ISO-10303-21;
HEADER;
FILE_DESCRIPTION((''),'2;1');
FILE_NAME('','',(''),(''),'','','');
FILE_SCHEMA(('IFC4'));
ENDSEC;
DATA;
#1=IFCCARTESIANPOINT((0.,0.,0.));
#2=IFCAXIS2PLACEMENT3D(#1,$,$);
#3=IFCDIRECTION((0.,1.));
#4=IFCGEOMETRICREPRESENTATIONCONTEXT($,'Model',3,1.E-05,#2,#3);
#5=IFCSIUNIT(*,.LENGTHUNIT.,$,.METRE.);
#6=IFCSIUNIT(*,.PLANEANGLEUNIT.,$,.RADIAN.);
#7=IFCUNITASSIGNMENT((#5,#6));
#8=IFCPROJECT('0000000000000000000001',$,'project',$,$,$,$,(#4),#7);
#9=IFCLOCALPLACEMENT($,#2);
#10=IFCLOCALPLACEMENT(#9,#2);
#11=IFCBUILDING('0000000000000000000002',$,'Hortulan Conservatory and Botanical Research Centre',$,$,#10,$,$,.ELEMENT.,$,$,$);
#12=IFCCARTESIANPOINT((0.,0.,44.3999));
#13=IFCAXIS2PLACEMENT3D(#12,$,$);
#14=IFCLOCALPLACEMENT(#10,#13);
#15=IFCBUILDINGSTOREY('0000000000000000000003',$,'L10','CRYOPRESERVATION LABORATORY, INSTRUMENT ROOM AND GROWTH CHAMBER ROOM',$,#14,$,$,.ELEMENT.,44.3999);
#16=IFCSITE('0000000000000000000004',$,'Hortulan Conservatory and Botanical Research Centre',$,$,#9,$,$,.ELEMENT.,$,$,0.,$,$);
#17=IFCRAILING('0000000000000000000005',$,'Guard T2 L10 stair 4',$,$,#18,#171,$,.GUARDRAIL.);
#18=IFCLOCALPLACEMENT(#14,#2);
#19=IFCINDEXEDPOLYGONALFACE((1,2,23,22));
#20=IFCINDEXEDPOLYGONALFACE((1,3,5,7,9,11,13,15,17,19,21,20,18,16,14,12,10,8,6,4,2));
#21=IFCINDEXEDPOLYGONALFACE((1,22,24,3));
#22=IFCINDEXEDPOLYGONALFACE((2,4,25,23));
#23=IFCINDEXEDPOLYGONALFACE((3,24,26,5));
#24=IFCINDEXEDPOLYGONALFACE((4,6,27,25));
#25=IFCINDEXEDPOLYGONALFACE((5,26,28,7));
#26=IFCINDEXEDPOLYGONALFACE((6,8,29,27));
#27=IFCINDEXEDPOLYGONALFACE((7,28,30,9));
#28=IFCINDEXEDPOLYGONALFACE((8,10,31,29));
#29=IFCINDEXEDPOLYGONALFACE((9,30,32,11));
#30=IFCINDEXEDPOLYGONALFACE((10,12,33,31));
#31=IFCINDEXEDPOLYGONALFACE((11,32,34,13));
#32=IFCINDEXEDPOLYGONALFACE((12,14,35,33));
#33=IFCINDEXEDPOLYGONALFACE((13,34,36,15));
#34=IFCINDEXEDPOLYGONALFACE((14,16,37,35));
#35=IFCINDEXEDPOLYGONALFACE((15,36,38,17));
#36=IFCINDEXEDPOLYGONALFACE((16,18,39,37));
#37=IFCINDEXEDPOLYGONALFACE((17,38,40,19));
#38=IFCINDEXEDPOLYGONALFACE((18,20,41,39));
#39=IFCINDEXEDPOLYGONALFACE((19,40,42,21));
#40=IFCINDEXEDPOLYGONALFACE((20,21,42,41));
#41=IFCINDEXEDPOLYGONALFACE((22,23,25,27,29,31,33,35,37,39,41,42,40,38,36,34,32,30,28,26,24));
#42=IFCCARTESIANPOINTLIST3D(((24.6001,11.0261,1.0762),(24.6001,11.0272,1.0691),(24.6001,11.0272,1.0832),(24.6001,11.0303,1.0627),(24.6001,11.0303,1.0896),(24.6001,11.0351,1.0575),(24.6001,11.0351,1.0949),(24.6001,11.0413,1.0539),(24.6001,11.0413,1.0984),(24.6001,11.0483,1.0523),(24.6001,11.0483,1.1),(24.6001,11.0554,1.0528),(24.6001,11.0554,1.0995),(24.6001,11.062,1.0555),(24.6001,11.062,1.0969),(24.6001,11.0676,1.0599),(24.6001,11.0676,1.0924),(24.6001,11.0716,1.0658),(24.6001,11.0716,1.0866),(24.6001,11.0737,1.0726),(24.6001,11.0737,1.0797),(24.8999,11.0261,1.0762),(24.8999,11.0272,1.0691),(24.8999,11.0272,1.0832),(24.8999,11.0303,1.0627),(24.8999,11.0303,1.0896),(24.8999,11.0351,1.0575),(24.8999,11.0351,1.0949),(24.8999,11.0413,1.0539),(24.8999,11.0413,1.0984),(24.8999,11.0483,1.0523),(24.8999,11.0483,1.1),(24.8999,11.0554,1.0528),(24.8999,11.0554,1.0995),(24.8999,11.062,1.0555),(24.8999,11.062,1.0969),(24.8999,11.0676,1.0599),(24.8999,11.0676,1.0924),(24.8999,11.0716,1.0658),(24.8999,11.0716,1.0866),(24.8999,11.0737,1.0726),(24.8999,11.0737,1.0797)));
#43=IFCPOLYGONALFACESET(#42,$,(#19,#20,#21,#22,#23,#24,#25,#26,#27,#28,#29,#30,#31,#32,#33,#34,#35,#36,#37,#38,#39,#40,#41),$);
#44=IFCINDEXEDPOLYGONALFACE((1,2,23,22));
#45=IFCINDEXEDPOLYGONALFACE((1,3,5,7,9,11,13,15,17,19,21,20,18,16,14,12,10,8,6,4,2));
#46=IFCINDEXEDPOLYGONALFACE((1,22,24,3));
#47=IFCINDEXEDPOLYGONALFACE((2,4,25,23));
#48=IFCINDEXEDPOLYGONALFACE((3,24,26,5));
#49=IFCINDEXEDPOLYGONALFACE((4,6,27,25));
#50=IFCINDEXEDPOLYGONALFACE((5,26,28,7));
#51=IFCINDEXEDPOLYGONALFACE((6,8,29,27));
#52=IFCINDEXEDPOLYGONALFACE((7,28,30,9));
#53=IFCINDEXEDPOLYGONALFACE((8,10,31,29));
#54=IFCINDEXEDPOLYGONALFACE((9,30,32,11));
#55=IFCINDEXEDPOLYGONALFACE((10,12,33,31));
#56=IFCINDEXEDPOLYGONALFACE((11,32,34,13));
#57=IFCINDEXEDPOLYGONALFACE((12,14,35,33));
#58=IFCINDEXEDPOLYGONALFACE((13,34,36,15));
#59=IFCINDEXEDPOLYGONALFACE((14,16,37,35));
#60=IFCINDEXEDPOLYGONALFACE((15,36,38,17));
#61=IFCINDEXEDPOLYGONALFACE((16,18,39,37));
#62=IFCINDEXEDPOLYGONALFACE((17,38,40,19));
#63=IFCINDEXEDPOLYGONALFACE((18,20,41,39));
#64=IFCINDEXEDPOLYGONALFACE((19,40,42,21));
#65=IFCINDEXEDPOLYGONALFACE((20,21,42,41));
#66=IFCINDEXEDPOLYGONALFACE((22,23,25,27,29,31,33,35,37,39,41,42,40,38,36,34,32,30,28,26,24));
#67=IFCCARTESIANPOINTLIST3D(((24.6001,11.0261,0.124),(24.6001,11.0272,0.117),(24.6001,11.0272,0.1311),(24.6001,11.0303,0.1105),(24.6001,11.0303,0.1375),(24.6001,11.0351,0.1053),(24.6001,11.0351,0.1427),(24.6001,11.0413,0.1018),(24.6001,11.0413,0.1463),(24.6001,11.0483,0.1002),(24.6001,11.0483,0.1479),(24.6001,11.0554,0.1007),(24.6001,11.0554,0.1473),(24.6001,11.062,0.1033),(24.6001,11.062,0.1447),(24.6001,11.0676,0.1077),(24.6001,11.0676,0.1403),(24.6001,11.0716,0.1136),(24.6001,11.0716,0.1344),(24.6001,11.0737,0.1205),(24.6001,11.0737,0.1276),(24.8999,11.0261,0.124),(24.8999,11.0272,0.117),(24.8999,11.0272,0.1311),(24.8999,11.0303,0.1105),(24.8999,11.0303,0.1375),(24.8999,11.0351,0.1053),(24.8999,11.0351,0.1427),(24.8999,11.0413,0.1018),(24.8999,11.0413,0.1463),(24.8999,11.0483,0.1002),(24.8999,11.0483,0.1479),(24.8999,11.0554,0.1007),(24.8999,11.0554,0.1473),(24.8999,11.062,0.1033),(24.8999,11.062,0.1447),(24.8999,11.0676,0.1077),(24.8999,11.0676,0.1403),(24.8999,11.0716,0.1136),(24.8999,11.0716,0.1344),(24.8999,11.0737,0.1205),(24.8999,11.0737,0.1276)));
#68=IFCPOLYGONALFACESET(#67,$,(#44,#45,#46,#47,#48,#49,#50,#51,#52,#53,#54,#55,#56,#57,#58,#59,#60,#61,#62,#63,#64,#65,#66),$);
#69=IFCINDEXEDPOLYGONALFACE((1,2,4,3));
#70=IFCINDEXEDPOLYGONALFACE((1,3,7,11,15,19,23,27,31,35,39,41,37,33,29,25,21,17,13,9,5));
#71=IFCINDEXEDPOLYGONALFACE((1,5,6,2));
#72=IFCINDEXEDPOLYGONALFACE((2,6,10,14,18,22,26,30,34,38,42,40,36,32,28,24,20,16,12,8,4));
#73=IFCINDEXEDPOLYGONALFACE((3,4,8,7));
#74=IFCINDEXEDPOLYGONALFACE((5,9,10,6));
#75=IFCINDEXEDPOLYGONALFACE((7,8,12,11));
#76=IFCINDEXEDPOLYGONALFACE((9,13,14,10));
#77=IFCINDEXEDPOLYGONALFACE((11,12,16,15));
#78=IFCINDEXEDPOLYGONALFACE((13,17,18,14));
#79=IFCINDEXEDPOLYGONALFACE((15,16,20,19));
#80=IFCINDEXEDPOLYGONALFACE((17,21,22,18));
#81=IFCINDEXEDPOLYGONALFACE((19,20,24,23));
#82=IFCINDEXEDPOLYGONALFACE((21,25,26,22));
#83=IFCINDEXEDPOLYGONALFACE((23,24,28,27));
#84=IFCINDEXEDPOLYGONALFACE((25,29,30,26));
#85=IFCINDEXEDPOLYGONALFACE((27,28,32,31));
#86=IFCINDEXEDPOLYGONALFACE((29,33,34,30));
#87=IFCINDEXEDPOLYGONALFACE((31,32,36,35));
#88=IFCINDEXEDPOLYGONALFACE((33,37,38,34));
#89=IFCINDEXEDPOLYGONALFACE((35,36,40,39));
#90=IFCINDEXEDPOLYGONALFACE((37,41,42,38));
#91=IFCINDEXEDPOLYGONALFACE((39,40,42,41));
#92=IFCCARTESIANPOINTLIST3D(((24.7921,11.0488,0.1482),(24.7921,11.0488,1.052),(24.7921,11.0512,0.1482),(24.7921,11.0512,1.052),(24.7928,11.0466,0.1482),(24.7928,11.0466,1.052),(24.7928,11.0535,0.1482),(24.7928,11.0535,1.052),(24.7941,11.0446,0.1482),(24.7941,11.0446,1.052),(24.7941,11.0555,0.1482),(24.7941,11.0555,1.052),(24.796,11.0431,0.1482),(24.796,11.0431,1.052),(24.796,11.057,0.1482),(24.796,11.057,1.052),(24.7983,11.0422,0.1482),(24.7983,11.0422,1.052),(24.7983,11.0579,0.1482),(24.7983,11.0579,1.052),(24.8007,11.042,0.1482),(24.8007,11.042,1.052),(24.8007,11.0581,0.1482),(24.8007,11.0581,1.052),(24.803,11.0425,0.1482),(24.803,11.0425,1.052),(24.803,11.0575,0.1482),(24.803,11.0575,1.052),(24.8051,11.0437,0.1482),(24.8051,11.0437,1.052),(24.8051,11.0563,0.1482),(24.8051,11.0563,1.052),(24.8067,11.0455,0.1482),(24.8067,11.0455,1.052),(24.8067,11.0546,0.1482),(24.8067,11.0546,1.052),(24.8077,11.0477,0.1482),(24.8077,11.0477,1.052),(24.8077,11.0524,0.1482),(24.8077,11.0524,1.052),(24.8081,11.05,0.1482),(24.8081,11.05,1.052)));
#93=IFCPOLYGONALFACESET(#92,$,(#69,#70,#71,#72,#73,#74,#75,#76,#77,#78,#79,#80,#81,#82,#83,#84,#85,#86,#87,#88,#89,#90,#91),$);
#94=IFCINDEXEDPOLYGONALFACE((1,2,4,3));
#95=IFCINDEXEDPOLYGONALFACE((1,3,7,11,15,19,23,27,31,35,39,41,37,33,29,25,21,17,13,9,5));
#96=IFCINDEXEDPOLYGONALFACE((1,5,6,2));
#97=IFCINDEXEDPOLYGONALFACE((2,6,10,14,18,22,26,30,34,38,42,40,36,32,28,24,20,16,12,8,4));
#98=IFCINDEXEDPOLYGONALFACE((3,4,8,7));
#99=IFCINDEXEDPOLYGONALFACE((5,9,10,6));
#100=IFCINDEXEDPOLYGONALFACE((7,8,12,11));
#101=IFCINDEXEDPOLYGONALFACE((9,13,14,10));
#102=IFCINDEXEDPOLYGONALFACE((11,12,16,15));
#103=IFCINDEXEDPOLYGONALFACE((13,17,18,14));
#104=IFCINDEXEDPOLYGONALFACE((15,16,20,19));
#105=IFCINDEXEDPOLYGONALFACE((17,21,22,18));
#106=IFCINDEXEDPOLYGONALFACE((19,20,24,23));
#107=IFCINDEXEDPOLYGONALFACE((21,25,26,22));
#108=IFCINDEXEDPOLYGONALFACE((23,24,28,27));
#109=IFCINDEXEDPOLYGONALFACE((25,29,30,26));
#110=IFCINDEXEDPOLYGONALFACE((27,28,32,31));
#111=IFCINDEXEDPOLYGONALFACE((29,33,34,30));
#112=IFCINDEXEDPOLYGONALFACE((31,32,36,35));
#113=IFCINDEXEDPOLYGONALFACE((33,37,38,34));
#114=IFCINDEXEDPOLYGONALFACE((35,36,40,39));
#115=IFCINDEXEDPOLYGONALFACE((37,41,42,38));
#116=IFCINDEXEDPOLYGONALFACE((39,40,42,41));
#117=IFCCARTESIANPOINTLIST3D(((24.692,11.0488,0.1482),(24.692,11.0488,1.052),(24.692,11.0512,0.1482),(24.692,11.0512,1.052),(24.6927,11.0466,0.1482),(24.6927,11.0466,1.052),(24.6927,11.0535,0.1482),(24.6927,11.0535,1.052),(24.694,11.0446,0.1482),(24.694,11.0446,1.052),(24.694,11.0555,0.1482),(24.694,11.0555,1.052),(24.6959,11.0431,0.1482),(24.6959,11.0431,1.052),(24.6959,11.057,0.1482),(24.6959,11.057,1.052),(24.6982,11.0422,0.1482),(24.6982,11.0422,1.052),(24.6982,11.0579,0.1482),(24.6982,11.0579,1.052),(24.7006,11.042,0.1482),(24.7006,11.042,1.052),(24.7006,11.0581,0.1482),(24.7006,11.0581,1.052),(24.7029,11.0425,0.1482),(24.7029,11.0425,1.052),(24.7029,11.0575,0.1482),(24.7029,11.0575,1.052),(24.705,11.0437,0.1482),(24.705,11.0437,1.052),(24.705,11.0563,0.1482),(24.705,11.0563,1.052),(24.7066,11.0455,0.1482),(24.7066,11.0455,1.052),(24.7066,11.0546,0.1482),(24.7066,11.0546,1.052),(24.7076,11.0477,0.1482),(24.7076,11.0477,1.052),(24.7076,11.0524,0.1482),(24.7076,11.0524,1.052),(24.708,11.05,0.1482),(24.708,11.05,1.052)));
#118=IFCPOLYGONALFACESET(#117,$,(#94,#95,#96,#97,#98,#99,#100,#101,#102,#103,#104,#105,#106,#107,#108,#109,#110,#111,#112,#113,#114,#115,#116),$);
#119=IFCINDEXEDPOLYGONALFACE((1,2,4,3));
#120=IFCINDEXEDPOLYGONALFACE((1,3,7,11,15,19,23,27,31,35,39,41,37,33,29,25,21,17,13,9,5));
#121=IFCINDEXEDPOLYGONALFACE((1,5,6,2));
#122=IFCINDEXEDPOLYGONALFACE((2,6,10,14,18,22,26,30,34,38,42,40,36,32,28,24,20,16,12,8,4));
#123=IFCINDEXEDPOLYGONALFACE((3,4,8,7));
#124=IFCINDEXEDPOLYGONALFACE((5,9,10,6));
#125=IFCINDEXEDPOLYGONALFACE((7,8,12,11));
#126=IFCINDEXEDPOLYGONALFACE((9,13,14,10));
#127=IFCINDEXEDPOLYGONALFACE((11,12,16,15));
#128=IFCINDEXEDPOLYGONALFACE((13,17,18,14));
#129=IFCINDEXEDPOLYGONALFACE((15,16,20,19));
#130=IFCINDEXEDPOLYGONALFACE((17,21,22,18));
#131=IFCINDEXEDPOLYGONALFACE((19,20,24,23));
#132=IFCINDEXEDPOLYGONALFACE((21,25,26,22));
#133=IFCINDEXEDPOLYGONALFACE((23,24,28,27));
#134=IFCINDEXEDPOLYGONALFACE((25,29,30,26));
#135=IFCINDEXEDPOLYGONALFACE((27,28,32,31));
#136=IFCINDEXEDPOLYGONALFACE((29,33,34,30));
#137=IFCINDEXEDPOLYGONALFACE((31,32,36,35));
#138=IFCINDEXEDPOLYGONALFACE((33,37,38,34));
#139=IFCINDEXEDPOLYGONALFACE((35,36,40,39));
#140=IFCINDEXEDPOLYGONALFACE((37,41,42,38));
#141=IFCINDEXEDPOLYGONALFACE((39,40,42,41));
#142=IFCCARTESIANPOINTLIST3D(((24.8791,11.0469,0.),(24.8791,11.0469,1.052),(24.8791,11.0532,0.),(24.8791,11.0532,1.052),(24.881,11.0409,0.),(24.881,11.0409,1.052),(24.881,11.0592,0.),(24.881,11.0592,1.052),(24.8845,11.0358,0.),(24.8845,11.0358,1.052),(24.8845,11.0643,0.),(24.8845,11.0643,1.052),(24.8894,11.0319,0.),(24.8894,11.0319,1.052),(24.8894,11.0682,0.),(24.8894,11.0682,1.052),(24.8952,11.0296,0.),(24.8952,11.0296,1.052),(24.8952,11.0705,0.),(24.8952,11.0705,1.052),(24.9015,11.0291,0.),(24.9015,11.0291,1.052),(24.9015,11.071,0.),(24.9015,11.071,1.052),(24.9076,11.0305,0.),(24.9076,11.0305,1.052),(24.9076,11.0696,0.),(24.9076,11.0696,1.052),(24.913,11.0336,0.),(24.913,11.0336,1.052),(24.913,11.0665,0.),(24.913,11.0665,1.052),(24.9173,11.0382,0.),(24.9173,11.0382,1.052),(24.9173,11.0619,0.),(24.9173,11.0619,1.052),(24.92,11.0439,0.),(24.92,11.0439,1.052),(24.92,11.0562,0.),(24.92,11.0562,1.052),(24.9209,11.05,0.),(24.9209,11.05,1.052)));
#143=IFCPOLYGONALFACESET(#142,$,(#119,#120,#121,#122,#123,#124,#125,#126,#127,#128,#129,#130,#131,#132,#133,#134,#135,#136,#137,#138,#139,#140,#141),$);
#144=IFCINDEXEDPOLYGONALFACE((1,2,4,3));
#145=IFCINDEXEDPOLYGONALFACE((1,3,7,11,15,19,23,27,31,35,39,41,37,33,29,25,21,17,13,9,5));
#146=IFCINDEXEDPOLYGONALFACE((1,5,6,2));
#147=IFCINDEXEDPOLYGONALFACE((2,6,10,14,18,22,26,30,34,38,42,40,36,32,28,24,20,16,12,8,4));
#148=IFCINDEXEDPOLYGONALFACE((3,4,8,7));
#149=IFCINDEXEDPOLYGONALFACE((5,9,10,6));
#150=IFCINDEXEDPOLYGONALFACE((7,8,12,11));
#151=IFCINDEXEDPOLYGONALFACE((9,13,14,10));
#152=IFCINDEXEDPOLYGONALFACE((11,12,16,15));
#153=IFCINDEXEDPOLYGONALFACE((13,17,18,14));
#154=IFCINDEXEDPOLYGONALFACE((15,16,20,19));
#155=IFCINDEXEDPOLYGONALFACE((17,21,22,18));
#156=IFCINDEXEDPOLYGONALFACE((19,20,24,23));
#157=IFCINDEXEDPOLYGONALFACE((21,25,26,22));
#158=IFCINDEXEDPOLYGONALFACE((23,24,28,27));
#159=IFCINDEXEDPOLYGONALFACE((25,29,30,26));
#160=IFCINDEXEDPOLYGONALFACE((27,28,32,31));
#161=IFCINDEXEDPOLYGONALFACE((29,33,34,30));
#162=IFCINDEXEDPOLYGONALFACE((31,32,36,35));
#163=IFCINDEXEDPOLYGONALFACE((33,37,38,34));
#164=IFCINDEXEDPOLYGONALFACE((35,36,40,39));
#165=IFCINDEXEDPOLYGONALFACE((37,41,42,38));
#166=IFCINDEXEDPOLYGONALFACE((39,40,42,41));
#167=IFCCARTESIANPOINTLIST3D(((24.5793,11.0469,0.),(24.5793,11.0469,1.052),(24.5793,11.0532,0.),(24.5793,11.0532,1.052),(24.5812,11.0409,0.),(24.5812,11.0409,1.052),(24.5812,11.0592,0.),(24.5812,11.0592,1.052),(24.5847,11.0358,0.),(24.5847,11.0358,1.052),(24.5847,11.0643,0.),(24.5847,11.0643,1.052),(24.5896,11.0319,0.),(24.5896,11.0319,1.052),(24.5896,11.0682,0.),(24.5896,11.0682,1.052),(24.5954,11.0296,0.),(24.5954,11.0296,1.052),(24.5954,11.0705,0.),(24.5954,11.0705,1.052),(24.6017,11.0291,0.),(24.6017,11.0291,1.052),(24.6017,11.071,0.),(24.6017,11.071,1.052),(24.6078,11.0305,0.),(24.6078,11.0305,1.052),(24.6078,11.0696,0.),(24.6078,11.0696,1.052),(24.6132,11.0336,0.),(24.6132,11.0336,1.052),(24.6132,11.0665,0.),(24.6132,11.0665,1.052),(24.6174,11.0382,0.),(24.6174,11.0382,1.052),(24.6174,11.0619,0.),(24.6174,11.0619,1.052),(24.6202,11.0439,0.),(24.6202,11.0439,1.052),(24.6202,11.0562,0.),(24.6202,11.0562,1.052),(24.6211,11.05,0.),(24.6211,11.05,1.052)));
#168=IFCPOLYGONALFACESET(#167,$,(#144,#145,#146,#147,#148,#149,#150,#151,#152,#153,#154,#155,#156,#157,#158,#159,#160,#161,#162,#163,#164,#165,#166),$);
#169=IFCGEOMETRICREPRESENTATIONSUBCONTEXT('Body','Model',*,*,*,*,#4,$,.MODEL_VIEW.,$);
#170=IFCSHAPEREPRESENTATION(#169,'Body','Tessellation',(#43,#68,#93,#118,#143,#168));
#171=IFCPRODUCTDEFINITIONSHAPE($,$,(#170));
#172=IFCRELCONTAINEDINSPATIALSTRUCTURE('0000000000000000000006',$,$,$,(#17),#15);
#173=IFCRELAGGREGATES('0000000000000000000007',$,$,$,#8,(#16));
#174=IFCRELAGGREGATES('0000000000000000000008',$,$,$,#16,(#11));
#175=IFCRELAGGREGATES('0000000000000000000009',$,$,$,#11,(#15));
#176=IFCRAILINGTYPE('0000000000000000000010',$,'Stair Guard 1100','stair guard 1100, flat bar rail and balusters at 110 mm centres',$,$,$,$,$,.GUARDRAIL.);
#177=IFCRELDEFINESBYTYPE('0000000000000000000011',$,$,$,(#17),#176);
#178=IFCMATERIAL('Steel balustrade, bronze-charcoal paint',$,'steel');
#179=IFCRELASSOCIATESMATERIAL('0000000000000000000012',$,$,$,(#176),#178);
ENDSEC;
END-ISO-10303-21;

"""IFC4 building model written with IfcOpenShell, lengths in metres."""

from ifc_helpers import new_model, si_unit, direction, frame, origin, origin_2d, place, context, subcontext, project, spatial, circle, extrude, material, type_object, element, save


model = new_model("IFC4")

# Units and contexts
model_context = context("Model", 3, precision=1e-05, world=origin(), true_north=direction((0.0, 1.0)))
body_context = subcontext(model_context, "Body", "Model", "MODEL_VIEW")
ifc_project = project(units=[si_unit("LENGTHUNIT", "METRE"), si_unit("PLANEANGLEUNIT", "RADIAN")], contexts=[model_context])

# Site, building, storey
site_placement = place(None, origin())
site = spatial("IfcSite", under=ifc_project, at=site_placement, Name="Hortulan Conservatory and Botanical Research Centre", CompositionType="ELEMENT", RefElevation=0.0)
building_placement = place(site_placement, origin())
building = spatial("IfcBuilding", under=site, at=building_placement, Name="Hortulan Conservatory and Botanical Research Centre", CompositionType="ELEMENT")
storey_placement = place(building_placement, frame((0.0, 0.0, 44.3999)))
storey = spatial("IfcBuildingStorey", under=building, at=storey_placement, Name="L10", Description="CRYOPRESERVATION LABORATORY, INSTRUMENT ROOM AND GROWTH CHAMBER ROOM", CompositionType="ELEMENT", Elevation=44.3999)

# Railing
ifc_material_1 = material(Name="Steel balustrade, bronze-charcoal paint", Category="steel")
railing_type_1 = type_object("IfcRailingType", Name="Stair Guard 1100", Description="stair guard 1100, flat bar rail and balusters at 110 mm centres", PredefinedType="GUARDRAIL", material=ifc_material_1)
railing_1_placement = place(storey_placement, frame((24.8999, 11.05, 0.0)))
element("IfcRailing", 1, at=railing_1_placement, inside=storey, type_object=railing_type_1, Name="Guard T2 L10 stair 4", PredefinedType="GUARDRAIL", context=body_context, shape_type="SweptSolid", body=[
    extrude(circle(Radius=0.0239, at=origin_2d()), frame((0.0, 0.0, 1.0762), z_axis=(-1.0, 0.0, 0.0), x_axis=(0.0, -1.0, 0.0)), (0.0, 0.0, 1.0), 0.2998),
    extrude(circle(Radius=0.0239, at=origin_2d()), frame((0.0, 0.0, 0.124), z_axis=(-1.0, 0.0, 0.0), x_axis=(0.0, -1.0, 0.0)), (0.0, 0.0, 1.0), 0.2998),
    extrude(circle(Radius=0.0081, at=origin_2d()), frame((-0.0999, 0.0, 0.1482)), (0.0, 0.0, 1.0), 0.9038),
    extrude(circle(Radius=0.0081, at=origin_2d()), frame((-0.2, 0.0, 0.1482)), (0.0, 0.0, 1.0), 0.9038),
    extrude(circle(Radius=0.021, at=origin_2d()), origin(), (0.0, 0.0, 1.0), 1.052),
    extrude(circle(Radius=0.021, at=origin_2d()), frame((-0.2998, 0.0, 0.0)), (0.0, 0.0, 1.0), 1.052),
])

save(model, "model.ifc")
